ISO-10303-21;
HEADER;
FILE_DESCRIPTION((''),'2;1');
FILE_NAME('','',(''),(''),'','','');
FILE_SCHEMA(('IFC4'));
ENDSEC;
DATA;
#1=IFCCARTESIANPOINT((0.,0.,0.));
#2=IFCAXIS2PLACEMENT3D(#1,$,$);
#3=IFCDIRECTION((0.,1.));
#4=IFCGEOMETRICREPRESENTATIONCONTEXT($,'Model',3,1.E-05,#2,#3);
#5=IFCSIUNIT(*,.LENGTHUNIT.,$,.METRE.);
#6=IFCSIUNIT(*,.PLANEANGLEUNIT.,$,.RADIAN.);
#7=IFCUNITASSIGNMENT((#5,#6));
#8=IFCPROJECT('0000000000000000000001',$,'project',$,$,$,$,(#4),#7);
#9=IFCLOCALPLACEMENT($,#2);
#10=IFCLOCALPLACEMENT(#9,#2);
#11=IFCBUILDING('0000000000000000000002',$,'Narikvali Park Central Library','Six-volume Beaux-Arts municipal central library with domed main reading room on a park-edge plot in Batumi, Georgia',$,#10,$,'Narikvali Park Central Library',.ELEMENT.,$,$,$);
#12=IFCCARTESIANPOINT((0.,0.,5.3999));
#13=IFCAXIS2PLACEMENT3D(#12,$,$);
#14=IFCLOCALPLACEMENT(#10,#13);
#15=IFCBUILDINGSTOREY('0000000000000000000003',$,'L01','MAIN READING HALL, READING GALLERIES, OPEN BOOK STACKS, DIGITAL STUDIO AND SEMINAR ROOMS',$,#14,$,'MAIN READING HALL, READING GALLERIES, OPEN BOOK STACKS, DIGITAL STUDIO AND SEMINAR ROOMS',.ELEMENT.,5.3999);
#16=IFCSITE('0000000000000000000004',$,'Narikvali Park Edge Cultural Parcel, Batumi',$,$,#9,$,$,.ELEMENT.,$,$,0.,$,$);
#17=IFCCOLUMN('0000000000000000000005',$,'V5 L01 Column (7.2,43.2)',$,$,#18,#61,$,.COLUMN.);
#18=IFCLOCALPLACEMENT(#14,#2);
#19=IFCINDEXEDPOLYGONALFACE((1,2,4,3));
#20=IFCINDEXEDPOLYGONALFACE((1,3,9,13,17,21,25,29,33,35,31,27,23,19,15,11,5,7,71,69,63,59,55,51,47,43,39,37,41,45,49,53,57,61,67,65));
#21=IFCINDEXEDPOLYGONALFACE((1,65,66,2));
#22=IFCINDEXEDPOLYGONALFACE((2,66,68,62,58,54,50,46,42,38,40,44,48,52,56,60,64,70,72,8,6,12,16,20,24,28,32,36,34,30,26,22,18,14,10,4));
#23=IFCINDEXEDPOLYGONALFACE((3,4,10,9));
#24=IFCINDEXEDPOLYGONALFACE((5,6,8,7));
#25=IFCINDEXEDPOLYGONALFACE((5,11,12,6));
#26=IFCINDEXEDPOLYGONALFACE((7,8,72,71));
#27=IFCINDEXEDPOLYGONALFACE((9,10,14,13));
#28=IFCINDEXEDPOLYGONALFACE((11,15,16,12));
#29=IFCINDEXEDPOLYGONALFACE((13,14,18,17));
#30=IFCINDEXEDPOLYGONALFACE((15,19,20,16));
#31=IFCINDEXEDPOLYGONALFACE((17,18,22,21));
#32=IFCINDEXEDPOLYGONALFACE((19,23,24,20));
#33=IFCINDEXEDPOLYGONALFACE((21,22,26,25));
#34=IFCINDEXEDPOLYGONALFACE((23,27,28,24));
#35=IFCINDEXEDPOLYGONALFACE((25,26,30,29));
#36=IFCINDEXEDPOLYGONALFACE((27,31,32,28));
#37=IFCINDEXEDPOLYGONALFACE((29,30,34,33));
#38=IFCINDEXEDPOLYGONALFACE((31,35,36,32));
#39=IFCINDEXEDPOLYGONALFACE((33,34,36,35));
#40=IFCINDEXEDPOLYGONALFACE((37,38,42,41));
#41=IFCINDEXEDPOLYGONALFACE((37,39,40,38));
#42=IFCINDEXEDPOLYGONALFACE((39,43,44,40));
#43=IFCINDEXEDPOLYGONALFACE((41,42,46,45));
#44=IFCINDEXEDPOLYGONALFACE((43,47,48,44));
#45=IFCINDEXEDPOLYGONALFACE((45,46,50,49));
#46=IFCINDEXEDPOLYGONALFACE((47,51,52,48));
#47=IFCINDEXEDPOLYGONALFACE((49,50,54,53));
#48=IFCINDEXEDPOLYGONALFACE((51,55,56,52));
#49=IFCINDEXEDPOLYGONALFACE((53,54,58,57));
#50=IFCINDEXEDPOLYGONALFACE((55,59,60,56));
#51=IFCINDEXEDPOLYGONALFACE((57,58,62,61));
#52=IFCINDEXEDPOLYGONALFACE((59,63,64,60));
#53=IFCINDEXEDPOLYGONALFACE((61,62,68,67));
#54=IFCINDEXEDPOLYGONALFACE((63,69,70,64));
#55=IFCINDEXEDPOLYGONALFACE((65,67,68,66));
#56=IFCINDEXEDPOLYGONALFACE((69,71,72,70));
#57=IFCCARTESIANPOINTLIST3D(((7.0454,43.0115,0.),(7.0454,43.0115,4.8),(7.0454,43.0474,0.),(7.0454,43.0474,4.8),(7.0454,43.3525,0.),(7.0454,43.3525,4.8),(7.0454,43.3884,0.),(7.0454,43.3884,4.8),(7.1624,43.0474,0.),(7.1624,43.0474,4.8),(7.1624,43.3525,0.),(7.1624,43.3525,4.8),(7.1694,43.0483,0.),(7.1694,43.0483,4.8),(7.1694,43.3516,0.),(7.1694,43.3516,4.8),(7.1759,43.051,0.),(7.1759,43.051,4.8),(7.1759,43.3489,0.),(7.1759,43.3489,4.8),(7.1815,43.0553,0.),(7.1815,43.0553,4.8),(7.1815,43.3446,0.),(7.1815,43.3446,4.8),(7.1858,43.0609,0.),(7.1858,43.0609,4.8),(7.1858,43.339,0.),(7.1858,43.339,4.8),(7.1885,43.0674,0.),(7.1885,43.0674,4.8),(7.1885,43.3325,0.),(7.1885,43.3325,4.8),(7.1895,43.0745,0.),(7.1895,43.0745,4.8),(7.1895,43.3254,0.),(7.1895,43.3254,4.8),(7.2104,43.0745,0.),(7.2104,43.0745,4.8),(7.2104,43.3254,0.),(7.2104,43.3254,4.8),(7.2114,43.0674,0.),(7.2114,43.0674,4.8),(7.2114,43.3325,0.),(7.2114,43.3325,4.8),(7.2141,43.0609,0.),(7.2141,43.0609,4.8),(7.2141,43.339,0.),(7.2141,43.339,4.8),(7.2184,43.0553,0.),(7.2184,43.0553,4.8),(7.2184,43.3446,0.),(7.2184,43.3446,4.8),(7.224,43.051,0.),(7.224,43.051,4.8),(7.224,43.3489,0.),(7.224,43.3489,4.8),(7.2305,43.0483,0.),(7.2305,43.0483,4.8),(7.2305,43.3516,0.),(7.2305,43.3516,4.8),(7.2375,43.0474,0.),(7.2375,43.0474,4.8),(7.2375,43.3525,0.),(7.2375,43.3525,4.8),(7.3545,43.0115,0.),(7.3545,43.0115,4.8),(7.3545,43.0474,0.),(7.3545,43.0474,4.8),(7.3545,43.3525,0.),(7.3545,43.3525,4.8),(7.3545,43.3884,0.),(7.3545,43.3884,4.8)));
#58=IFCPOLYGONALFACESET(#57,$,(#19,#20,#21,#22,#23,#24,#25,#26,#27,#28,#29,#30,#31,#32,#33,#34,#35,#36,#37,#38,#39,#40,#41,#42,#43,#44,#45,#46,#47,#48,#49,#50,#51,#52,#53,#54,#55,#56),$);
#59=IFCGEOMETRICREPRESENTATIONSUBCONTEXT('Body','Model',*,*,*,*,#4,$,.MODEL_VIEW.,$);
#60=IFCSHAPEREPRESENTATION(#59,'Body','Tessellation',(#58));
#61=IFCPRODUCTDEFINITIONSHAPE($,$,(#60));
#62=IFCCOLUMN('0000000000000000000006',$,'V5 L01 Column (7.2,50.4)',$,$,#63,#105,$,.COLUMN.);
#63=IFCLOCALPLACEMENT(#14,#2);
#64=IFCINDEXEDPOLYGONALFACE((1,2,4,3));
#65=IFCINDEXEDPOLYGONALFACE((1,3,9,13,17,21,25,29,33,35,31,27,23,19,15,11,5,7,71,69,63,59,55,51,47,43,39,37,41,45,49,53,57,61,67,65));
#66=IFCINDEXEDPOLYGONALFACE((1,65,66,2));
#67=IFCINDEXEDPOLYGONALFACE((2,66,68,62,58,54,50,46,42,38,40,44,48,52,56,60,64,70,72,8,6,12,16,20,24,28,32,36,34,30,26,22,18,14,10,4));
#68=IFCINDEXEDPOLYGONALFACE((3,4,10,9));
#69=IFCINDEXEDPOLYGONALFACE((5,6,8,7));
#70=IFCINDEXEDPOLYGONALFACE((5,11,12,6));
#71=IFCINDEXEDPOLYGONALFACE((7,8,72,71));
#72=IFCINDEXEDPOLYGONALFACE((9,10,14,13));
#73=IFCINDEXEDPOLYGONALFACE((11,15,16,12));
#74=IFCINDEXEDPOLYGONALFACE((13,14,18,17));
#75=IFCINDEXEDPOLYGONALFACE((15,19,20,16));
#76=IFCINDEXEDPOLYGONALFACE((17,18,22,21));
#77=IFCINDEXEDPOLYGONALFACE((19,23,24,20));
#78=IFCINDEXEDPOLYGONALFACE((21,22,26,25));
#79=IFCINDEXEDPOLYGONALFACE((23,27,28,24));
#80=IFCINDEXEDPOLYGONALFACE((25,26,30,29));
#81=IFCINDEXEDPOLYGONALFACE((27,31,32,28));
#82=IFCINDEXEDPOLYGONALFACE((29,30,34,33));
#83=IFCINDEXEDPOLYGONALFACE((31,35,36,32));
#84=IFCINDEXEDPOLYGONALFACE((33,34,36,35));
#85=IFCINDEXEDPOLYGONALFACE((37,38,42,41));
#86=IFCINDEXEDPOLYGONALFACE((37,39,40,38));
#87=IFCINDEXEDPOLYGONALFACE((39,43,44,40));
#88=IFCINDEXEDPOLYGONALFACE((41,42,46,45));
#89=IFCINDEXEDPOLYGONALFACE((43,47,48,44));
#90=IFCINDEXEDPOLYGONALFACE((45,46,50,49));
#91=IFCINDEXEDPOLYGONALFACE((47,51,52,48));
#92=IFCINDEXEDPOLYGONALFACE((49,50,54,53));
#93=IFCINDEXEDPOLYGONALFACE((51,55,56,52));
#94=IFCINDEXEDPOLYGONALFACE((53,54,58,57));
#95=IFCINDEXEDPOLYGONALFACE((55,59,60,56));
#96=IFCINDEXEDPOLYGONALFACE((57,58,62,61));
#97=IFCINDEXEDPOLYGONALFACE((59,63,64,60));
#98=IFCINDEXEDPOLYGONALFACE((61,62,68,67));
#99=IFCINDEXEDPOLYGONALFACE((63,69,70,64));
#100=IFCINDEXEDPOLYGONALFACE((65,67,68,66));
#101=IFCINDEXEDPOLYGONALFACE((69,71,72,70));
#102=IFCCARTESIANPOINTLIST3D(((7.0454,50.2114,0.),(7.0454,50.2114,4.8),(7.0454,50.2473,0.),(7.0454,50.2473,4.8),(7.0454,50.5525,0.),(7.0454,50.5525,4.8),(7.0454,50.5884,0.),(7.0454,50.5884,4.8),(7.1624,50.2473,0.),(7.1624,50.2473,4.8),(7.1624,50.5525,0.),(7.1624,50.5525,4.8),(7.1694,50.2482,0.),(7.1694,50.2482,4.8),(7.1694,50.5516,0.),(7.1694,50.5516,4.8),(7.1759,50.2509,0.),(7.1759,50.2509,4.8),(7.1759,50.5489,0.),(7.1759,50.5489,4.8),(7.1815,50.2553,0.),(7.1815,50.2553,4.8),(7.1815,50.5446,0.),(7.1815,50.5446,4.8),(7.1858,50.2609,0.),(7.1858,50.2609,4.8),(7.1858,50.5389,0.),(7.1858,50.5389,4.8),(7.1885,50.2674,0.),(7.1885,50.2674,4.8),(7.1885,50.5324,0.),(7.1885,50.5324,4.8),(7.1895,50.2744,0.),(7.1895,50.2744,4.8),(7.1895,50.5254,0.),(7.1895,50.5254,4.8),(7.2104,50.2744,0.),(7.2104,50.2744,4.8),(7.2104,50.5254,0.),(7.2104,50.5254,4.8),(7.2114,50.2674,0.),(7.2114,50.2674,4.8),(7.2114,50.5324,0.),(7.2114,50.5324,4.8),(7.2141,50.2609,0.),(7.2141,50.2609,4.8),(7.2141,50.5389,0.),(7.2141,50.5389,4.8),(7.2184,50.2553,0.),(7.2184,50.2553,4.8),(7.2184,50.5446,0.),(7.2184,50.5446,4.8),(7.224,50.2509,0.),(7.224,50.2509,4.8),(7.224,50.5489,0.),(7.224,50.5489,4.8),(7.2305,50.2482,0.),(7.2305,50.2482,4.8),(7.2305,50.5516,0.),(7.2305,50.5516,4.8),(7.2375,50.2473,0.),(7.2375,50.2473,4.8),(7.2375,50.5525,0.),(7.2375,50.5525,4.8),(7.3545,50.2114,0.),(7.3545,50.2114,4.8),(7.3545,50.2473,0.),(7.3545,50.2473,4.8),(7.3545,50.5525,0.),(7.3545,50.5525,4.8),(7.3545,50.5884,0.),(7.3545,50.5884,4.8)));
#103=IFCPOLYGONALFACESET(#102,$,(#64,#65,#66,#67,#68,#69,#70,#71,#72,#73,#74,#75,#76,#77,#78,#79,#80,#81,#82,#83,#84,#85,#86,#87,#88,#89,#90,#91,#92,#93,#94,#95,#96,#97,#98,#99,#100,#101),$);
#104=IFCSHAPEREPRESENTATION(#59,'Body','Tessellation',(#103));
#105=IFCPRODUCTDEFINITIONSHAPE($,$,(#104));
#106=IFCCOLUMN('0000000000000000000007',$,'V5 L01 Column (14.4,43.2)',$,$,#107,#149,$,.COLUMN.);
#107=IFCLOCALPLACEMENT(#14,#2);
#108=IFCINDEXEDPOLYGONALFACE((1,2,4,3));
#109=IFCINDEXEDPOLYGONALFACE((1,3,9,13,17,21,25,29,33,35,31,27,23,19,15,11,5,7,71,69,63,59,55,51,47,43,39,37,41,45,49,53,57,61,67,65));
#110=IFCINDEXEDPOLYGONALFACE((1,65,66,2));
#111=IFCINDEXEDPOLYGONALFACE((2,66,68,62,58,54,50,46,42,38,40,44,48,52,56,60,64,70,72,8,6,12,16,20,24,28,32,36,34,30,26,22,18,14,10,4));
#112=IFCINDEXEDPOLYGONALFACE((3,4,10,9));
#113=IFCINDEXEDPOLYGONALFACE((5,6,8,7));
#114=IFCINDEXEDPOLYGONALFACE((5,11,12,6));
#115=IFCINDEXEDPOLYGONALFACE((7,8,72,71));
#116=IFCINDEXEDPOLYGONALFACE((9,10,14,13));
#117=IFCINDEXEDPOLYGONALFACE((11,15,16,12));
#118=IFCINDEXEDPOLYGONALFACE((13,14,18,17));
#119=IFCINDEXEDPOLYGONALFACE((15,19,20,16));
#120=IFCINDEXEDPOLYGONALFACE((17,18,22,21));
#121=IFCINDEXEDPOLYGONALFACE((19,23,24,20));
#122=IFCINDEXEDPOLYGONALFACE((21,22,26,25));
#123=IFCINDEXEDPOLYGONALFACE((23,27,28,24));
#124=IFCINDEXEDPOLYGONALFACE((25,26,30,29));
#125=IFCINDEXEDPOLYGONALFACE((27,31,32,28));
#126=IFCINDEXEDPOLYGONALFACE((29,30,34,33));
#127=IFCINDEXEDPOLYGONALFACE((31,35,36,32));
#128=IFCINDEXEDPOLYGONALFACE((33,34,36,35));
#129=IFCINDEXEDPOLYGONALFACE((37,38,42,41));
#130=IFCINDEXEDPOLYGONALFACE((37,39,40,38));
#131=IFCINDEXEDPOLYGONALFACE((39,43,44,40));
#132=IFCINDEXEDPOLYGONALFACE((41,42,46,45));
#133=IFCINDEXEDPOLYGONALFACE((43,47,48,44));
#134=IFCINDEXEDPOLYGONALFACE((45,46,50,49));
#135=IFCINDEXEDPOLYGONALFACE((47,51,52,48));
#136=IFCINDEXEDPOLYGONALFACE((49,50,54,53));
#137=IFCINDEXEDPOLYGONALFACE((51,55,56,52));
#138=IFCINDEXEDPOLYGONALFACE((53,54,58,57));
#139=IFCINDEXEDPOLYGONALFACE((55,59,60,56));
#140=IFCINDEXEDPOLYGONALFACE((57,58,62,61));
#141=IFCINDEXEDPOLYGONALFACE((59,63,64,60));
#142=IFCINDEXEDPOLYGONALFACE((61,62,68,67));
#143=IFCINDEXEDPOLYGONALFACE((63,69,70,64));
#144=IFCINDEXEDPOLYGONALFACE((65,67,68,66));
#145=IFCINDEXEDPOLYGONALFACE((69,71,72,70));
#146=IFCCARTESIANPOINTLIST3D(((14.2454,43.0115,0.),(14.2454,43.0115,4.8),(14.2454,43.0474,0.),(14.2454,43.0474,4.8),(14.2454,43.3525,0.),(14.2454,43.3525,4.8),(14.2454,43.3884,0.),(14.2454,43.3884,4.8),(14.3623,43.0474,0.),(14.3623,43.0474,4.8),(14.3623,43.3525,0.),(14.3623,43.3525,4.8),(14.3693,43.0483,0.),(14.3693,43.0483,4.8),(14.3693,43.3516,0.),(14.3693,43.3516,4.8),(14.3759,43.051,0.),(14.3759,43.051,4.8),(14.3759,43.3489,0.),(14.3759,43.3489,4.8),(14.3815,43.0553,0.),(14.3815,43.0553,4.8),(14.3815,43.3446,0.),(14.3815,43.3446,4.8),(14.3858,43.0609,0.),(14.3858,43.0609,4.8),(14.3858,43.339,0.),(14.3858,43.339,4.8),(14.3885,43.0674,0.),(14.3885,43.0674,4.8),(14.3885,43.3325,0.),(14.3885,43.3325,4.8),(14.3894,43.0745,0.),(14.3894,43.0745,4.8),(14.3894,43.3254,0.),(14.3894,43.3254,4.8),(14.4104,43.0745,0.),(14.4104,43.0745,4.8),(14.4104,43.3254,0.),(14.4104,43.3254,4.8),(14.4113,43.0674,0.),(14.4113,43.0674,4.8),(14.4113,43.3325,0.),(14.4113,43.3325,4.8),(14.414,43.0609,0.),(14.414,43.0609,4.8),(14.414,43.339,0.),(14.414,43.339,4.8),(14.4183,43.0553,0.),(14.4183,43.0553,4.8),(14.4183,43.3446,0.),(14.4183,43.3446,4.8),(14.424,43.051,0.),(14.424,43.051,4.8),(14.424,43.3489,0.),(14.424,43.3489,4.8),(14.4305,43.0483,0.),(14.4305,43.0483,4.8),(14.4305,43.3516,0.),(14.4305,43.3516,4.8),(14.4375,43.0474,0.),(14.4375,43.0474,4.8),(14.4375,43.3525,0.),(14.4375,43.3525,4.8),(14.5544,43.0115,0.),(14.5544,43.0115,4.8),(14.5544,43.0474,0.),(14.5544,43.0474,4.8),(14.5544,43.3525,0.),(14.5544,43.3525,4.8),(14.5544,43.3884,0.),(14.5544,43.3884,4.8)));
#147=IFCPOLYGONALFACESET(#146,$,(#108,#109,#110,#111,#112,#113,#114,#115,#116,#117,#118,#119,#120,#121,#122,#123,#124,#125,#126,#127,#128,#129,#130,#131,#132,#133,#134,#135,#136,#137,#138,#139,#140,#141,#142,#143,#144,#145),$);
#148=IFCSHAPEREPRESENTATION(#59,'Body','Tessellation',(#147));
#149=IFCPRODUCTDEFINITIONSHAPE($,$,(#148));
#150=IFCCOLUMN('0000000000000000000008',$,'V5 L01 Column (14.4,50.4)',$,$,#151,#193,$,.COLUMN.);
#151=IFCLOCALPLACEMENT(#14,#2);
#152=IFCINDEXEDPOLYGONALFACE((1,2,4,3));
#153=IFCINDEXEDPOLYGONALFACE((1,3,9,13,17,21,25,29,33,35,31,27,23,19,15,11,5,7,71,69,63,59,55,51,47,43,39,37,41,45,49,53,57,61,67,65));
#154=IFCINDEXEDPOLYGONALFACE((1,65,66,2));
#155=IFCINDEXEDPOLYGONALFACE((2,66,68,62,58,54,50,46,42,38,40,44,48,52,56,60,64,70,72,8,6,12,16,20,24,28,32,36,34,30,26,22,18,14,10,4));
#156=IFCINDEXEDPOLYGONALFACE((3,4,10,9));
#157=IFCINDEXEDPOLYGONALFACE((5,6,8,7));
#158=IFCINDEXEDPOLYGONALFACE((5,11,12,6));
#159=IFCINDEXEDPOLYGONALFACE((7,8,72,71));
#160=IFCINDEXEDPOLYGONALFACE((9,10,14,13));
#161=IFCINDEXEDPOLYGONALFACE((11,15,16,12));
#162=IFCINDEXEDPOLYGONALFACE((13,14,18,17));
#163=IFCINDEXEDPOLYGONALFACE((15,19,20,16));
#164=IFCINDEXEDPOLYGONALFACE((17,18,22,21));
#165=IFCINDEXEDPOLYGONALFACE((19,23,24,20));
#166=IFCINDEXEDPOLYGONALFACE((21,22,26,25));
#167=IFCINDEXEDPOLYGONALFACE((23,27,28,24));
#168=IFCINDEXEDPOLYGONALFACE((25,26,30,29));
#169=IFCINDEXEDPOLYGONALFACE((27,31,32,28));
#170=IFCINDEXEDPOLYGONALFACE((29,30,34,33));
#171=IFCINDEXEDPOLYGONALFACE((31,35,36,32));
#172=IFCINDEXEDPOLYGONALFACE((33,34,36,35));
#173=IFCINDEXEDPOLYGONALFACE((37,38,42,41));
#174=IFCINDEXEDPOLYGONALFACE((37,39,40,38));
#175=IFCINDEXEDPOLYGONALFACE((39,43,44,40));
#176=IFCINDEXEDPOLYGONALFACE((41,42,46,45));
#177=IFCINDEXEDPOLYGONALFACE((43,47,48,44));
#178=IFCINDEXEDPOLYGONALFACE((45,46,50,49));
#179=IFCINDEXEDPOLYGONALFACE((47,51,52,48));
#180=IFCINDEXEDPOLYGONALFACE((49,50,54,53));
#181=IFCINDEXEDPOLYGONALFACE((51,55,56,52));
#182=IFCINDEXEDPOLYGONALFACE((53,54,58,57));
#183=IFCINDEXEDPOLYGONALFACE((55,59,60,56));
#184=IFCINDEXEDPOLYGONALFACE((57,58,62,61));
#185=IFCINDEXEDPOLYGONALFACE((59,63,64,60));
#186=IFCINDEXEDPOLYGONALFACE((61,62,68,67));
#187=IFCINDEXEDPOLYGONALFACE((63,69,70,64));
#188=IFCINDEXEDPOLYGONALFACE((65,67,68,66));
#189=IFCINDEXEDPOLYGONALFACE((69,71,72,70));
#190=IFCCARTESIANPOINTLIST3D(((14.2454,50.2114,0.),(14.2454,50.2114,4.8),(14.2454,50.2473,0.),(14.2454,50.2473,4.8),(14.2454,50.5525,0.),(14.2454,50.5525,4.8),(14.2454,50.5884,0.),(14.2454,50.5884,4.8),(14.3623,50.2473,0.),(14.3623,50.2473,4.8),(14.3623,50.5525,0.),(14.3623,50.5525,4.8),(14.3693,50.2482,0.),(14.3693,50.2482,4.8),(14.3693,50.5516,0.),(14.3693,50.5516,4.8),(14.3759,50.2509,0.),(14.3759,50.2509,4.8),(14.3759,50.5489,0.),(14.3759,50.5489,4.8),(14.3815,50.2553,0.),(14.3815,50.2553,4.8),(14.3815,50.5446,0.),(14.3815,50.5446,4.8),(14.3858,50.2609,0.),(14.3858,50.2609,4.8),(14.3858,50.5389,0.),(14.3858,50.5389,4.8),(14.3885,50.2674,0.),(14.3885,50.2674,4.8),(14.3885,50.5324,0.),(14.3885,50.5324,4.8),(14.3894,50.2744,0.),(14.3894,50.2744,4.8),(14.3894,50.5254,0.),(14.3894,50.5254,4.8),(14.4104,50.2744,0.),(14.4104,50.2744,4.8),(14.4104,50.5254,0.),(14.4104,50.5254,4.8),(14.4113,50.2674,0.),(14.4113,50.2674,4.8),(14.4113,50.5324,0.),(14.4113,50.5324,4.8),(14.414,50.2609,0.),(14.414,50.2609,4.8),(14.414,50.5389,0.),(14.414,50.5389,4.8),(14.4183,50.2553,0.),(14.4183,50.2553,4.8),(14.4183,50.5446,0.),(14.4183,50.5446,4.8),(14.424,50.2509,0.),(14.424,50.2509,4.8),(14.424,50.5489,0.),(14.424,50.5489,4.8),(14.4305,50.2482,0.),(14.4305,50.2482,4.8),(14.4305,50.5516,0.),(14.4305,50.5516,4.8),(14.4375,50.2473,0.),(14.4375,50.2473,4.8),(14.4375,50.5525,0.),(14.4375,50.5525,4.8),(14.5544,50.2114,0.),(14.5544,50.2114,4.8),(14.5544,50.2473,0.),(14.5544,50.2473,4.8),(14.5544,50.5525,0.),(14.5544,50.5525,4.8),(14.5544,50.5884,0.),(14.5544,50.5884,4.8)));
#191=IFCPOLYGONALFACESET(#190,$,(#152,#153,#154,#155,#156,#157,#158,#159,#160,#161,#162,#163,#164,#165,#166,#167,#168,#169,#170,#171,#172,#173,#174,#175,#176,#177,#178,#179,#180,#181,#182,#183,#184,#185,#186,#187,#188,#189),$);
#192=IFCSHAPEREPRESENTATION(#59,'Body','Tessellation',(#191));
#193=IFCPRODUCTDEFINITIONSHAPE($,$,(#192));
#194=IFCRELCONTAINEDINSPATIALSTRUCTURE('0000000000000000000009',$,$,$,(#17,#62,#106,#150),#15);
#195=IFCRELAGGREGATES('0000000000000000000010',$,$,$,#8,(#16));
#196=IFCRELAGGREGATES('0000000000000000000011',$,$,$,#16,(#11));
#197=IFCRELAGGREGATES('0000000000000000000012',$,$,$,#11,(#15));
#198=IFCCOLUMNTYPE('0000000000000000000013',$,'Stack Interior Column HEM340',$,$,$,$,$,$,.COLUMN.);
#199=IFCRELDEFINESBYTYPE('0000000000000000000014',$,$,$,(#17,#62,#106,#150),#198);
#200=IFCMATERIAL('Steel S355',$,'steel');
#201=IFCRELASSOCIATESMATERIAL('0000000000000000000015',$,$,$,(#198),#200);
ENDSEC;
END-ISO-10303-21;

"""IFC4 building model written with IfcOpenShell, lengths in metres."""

from ifc_helpers import new_model, si_unit, direction, frame, origin, origin_2d, place, context, subcontext, project, spatial, i_section, extrude, material, material_profile, profile_set, type_object, element, save


model = new_model("IFC4")

# Units and contexts
model_context = context("Model", 3, precision=1e-05, world=origin(), true_north=direction((0.0, 1.0)))
body_context = subcontext(model_context, "Body", "Model", "MODEL_VIEW")
ifc_project = project(units=[si_unit("LENGTHUNIT", "METRE"), si_unit("PLANEANGLEUNIT", "RADIAN")], contexts=[model_context])

# Site, building, storey
site_placement = place(None, origin())
site = spatial("IfcSite", under=ifc_project, at=site_placement, Name="Narikvali Park Edge Cultural Parcel, Batumi", CompositionType="ELEMENT", RefElevation=0.0)
building_placement = place(site_placement, origin())
building = spatial("IfcBuilding", under=site, at=building_placement, Name="Narikvali Park Central Library", Description="Six-volume Beaux-Arts municipal central library with domed main reading room on a park-edge plot in Batumi, Georgia", LongName="Narikvali Park Central Library", CompositionType="ELEMENT")
storey_placement = place(building_placement, frame((0.0, 0.0, 5.3999)))
storey = spatial("IfcBuildingStorey", under=building, at=storey_placement, Name="L01", Description="MAIN READING HALL, READING GALLERIES, OPEN BOOK STACKS, DIGITAL STUDIO AND SEMINAR ROOMS", LongName="MAIN READING HALL, READING GALLERIES, OPEN BOOK STACKS, DIGITAL STUDIO AND SEMINAR ROOMS", CompositionType="ELEMENT", Elevation=5.3999)

# Columns
ifc_material_1 = material(Name="Steel S355", Category="steel")
ifc_material_profile_1 = material_profile(ifc_material_1, i_section(OverallWidth=0.3091, OverallDepth=0.377, WebThickness=0.021, FlangeThickness=0.0359, FilletRadius=0.0271, at=origin_2d()), Name="HEM 340")
ifc_profile_set_1 = profile_set([ifc_material_profile_1], Name="Steel S355")
column_type = type_object("IfcColumnType", Name="Stack Interior Column HEM340", PredefinedType="COLUMN", material=ifc_profile_set_1)
for number, where, z_axis, x_axis, name in (
    (1, (7.2, 43.2, 0.0), (0.0, 0.0, 1.0), (1.0, 0.0, 0.0), "V5 L01 Column (7.2,43.2)"),
    (2, (7.2, 50.3999, 0.0), (0.0, 0.0, 1.0), (1.0, 0.0, 0.0), "V5 L01 Column (7.2,50.4)"),
    (3, (14.3999, 43.2, 0.0), (0.0, 0.0, 1.0), (1.0, 0.0, 0.0), "V5 L01 Column (14.4,43.2)"),
    (4, (14.3999, 50.3999, 0.0), (0.0, 0.0, 1.0), (1.0, 0.0, 0.0), "V5 L01 Column (14.4,50.4)"),
):
    element("IfcColumn", number, at=place(storey_placement, frame(where, z_axis=z_axis, x_axis=x_axis)), inside=storey, type_object=column_type, Name=name, PredefinedType="COLUMN", context=body_context, shape_type="SweptSolid", body=[
        extrude(i_section(OverallWidth=0.3091, OverallDepth=0.377, WebThickness=0.021, FlangeThickness=0.0359, FilletRadius=0.0271, at=origin_2d()), origin(), (0.0, 0.0, 1.0), 4.8),
    ])

save(model, "model.ifc")
